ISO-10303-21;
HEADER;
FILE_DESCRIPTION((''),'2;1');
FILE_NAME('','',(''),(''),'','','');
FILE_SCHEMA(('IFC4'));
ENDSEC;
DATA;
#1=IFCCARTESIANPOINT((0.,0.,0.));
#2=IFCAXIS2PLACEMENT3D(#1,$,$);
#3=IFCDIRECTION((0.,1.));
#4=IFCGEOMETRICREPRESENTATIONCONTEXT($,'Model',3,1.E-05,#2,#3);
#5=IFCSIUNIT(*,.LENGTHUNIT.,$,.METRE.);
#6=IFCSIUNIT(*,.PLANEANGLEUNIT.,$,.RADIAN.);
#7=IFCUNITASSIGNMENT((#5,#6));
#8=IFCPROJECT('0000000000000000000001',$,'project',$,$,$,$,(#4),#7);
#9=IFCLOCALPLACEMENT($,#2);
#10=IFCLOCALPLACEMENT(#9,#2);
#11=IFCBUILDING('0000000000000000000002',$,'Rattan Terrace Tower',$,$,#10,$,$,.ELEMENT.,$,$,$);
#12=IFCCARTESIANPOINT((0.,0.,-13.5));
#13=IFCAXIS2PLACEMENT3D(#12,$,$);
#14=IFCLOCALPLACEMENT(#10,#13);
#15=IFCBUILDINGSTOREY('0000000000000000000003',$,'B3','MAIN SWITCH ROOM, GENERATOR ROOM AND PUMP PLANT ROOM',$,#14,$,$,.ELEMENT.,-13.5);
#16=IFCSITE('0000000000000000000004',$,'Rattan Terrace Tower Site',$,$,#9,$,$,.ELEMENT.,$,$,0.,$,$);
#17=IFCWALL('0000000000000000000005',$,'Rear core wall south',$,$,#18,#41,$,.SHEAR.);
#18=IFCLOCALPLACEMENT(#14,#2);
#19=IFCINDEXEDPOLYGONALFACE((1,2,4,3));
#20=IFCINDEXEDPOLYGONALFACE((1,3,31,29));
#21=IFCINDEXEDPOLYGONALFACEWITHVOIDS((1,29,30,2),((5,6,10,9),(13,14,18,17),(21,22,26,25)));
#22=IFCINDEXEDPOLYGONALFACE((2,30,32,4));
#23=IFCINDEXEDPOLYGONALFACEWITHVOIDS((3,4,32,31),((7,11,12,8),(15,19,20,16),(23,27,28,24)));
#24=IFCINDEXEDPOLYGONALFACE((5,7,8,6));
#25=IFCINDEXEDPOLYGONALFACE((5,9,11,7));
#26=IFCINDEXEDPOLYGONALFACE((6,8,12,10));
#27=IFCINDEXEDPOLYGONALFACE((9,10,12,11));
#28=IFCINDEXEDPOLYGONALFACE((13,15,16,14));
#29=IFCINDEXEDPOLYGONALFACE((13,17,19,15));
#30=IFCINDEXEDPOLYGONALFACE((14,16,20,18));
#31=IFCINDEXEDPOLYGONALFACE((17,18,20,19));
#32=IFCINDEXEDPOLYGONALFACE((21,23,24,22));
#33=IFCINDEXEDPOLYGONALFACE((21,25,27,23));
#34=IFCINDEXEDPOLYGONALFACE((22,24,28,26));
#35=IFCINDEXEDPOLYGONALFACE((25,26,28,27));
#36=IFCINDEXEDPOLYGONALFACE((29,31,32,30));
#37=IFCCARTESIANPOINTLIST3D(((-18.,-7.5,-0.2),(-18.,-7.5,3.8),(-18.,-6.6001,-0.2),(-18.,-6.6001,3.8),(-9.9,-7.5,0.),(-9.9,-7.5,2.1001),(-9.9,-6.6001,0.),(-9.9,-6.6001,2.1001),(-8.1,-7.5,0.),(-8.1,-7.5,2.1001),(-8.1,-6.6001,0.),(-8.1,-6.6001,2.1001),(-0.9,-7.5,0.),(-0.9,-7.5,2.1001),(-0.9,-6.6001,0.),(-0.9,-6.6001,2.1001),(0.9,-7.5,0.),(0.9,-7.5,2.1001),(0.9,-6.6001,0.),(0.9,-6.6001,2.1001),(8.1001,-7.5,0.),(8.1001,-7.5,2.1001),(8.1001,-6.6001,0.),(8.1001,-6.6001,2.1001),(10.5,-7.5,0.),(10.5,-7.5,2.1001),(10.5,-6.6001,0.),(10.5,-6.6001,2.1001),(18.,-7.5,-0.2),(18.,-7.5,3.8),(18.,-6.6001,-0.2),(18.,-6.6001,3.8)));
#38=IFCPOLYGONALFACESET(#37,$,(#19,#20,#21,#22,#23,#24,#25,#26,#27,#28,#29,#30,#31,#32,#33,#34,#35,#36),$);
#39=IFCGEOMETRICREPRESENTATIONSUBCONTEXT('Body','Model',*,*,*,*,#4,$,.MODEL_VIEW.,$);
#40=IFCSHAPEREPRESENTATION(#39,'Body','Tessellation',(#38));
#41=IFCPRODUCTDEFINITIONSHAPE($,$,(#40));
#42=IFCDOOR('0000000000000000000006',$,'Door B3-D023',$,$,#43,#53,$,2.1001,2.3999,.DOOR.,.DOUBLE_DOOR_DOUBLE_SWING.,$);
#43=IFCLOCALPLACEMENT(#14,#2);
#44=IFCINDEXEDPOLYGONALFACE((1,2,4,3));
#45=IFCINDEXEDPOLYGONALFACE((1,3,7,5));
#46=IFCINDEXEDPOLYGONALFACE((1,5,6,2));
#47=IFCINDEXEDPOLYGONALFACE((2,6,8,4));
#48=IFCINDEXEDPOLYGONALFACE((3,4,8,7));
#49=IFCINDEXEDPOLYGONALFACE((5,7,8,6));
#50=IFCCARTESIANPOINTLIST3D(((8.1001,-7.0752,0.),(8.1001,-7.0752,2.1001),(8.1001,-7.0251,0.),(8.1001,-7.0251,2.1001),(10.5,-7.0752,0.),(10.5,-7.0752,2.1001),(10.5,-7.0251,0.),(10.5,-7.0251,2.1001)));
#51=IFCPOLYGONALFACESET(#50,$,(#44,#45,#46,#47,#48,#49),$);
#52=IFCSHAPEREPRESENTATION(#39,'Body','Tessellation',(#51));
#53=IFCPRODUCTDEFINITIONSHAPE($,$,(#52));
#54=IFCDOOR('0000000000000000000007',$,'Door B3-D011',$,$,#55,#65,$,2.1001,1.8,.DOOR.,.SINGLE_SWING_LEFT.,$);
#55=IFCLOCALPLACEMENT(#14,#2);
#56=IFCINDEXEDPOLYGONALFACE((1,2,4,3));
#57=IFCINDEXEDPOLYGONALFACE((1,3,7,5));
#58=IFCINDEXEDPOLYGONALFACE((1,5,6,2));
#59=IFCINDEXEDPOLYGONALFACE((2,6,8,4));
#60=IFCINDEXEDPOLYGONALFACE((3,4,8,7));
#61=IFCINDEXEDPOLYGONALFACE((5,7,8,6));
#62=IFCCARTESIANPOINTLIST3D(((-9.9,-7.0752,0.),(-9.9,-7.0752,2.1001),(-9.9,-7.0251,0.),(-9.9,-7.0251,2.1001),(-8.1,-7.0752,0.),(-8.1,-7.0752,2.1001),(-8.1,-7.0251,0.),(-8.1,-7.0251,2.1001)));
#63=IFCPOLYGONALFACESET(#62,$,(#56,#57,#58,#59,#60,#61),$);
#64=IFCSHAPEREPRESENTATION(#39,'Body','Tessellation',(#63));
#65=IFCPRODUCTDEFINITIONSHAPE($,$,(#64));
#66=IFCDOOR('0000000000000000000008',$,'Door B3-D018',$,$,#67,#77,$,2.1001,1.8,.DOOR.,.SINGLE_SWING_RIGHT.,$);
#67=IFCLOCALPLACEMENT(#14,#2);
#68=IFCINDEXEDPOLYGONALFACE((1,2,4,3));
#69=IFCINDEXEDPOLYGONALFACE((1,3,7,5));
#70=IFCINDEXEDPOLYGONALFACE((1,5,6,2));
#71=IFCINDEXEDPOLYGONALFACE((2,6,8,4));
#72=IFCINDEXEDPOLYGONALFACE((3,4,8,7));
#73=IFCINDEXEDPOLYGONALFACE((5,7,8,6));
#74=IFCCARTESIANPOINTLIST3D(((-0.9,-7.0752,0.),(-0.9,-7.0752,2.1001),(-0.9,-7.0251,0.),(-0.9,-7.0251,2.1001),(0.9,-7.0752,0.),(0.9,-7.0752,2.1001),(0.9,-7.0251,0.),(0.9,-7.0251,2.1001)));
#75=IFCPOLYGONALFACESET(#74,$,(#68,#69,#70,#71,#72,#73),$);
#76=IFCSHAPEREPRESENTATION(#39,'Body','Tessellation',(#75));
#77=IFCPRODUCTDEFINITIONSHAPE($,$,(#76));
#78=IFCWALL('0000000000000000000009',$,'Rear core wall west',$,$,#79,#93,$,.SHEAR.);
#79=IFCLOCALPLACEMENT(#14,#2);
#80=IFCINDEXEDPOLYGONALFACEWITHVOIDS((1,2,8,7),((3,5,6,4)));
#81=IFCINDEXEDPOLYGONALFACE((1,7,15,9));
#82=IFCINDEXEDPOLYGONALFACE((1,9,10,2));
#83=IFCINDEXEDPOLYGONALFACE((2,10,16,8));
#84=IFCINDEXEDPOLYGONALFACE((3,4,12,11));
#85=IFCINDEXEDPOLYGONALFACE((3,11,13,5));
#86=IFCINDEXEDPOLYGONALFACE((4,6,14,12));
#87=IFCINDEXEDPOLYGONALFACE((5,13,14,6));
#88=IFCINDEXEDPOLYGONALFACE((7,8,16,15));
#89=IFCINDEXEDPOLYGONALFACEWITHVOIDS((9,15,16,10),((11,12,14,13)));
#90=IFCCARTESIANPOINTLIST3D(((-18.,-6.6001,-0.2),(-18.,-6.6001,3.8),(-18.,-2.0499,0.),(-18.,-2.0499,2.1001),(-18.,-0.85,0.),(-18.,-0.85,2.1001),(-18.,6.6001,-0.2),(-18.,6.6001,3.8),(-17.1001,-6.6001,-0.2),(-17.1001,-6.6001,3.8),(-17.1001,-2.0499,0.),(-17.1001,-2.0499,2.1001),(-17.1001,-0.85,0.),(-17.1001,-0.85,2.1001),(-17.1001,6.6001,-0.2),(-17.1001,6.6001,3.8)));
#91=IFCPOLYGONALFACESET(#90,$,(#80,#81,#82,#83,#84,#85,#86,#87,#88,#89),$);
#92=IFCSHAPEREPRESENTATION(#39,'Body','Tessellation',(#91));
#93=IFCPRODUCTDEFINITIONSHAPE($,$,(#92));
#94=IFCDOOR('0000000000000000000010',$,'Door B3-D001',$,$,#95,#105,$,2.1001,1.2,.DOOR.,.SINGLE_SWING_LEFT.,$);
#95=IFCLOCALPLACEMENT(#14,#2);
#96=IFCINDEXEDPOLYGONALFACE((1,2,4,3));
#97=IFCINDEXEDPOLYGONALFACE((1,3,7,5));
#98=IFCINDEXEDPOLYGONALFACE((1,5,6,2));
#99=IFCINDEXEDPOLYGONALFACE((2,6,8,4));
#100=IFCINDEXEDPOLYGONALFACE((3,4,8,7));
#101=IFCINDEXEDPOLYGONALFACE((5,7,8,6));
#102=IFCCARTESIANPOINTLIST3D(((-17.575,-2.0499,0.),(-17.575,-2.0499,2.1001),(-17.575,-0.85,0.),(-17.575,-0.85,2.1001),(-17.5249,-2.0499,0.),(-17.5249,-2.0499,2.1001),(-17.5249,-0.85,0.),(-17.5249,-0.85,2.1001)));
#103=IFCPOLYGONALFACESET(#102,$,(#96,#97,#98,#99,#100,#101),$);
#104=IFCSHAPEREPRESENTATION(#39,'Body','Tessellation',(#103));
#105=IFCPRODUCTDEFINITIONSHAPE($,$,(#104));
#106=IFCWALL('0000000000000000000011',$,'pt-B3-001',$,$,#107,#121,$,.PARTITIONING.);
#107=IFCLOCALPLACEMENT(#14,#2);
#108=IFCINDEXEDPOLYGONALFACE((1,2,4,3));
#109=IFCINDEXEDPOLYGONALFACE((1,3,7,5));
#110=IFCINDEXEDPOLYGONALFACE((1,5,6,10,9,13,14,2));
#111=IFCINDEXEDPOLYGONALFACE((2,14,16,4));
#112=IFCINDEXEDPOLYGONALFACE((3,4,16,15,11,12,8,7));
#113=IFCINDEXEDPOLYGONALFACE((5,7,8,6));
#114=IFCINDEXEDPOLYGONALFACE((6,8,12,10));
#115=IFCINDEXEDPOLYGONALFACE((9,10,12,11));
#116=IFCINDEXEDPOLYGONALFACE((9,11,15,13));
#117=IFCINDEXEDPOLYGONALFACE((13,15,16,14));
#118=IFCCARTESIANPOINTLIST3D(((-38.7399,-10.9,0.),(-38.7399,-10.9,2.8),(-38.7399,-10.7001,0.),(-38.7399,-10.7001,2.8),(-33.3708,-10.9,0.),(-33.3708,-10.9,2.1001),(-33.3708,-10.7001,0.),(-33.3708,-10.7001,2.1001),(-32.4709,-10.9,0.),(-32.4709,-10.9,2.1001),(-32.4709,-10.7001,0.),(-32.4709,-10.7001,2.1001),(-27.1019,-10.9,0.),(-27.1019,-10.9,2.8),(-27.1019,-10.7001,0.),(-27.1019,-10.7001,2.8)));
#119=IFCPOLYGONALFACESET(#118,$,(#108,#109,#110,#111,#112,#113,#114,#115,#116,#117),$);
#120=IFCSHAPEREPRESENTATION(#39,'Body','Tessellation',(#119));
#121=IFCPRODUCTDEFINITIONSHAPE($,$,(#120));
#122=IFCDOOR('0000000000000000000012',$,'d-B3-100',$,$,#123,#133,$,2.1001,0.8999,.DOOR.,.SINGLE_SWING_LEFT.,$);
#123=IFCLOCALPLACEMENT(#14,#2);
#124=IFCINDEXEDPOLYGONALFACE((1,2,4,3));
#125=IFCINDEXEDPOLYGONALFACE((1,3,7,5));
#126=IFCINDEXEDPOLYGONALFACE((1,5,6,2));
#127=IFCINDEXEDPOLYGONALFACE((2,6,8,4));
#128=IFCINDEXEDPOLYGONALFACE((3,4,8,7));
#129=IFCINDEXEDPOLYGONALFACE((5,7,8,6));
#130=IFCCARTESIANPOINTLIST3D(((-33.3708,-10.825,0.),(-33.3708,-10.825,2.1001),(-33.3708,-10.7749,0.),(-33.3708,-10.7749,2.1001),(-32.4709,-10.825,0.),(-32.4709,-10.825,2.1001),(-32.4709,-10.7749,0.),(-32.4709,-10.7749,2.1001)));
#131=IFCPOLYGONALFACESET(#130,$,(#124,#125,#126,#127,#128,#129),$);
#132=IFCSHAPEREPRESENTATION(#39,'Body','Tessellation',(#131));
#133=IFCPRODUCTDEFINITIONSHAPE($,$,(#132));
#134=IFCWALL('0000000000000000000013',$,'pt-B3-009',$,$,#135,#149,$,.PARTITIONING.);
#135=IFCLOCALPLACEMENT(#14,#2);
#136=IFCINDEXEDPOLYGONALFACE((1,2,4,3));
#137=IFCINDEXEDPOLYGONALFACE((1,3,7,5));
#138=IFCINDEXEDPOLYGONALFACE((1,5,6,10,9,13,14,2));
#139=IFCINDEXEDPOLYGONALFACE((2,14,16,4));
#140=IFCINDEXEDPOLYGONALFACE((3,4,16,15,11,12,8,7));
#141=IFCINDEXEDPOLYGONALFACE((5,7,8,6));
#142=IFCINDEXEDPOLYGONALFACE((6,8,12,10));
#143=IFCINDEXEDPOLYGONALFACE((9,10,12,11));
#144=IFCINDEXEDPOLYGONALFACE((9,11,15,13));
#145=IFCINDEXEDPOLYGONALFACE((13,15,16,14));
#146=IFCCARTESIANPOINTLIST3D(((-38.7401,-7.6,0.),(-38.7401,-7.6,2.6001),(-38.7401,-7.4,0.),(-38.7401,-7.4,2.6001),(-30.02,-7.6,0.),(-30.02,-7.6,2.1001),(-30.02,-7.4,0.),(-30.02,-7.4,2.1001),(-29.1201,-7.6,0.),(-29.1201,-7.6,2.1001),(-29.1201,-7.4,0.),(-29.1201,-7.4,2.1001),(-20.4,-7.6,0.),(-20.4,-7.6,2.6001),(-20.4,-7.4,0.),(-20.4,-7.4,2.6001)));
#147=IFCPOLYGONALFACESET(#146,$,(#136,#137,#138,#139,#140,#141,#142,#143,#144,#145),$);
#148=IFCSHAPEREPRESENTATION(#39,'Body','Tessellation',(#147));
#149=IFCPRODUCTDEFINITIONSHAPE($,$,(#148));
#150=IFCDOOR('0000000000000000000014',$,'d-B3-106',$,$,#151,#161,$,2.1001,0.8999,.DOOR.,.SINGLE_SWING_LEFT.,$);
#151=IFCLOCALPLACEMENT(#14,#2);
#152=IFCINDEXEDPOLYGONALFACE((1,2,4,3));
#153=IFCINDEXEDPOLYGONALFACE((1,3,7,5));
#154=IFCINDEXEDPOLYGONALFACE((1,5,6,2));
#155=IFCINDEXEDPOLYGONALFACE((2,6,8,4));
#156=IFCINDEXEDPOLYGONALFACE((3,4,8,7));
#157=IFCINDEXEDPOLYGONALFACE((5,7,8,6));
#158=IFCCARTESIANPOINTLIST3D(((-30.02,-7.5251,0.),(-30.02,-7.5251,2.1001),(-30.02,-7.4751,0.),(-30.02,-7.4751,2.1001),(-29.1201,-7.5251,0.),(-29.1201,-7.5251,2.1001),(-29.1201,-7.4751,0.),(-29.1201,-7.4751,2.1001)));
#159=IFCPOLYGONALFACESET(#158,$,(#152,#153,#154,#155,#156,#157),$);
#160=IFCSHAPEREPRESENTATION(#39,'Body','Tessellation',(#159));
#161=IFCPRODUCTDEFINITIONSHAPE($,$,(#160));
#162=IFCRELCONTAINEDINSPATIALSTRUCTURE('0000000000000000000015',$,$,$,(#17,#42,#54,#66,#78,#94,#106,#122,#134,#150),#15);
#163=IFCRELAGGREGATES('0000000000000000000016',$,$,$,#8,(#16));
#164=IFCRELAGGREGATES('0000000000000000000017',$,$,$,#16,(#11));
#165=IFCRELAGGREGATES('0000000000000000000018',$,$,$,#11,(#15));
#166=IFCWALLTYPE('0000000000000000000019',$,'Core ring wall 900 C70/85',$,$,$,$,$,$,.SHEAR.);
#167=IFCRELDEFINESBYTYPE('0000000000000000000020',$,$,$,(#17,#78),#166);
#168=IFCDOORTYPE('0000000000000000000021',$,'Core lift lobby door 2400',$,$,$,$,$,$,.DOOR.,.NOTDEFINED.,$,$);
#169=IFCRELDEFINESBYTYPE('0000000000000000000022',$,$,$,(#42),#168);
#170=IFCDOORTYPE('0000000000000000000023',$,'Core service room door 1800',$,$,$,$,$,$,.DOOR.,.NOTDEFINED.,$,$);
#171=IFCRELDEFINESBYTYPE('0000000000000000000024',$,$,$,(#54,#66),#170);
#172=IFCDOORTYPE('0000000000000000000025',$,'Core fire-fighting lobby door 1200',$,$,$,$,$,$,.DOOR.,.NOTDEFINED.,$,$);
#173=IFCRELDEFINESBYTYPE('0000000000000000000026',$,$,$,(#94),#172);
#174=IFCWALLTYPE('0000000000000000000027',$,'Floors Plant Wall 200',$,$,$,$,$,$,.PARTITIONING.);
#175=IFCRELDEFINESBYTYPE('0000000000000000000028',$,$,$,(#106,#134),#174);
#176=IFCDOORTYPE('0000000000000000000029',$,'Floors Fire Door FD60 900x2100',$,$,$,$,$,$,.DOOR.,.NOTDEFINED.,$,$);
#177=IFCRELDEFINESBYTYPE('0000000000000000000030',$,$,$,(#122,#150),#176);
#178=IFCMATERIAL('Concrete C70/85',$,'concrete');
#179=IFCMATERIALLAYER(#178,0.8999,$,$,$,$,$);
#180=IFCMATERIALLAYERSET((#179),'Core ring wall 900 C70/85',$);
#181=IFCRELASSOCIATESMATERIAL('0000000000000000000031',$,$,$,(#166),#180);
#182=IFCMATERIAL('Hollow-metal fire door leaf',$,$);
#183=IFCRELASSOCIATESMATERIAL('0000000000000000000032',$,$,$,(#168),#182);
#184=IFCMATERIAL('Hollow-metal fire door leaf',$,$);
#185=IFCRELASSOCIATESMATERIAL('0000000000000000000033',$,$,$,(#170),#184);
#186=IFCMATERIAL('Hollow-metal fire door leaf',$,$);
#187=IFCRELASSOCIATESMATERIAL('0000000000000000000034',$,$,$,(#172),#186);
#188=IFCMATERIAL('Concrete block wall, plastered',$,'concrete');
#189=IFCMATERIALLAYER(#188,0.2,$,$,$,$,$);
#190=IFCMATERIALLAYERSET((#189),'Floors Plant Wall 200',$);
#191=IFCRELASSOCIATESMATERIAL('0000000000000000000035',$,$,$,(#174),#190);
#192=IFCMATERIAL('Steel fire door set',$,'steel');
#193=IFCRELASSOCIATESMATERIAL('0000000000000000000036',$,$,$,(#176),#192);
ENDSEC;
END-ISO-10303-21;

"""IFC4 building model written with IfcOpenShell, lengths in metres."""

from ifc_helpers import new_model, si_unit, direction, frame, frame_2d, origin, place, context, subcontext, project, spatial, rectangle, extrude, material, layer, layer_set, type_object, element, fill, save


model = new_model("IFC4")

# Units and contexts
model_context = context("Model", 3, precision=1e-05, world=origin(), true_north=direction((0.0, 1.0)))
body_context = subcontext(model_context, "Body", "Model", "MODEL_VIEW")
ifc_project = project(units=[si_unit("LENGTHUNIT", "METRE"), si_unit("PLANEANGLEUNIT", "RADIAN")], contexts=[model_context])

# Site, building, storey
site_placement = place(None, origin())
site = spatial("IfcSite", under=ifc_project, at=site_placement, Name="Rattan Terrace Tower Site", CompositionType="ELEMENT", RefElevation=0.0)
building_placement = place(site_placement, origin())
building = spatial("IfcBuilding", under=site, at=building_placement, Name="Rattan Terrace Tower", CompositionType="ELEMENT")
storey_placement = place(building_placement, frame((0.0, 0.0, -13.5)))
storey = spatial("IfcBuildingStorey", under=building, at=storey_placement, Name="B3", Description="MAIN SWITCH ROOM, GENERATOR ROOM AND PUMP PLANT ROOM", CompositionType="ELEMENT", Elevation=-13.5)

# Wall, openings, doors
ifc_material_1 = material(Name="Concrete C70/85", Category="concrete")
ifc_layer_1 = layer(ifc_material_1, 0.8999)
ifc_layer_set_1 = layer_set([ifc_layer_1], Name="Core ring wall 900 C70/85")
wall_type_1 = type_object("IfcWallType", Name="Core ring wall 900 C70/85", PredefinedType="SHEAR", material=ifc_layer_set_1)
wall_1_placement = place(storey_placement, frame((-18.0, -7.05, -0.2), z_axis=(0.0, 0.0, 1.0), x_axis=(1.0, 0.0, 0.0)))
wall_1 = element("IfcWall", 1, at=wall_1_placement, inside=storey, type_object=wall_type_1, Name="Rear core wall south", PredefinedType="SHEAR", context=body_context, shape_type="SweptSolid", body=[
    extrude(rectangle(XDim=36.0, YDim=0.8999, at=frame_2d((18.0, 0.0))), origin(), (0.0, 0.0, 1.0), 4.0),
])
opening_1_placement = place(wall_1_placement, frame((8.1001, 0.0, 0.2)))
opening_1 = element("IfcOpeningElement", 2, at=opening_1_placement, cuts=wall_1, PredefinedType="OPENING", context=body_context, shape_type="SweptSolid", body=[
    extrude(rectangle(XDim=1.8, YDim=2.1001, at=frame_2d((0.8999, 1.05))), frame((0.0, 0.4604, 0.0), z_axis=(0.0, -1.0, 0.0), x_axis=(1.0, 0.0, 0.0)), (0.0, 0.0, 1.0), 0.9209),
])
opening_2_placement = place(wall_1_placement, frame((17.1001, 0.0, 0.2)))
opening_2 = element("IfcOpeningElement", 3, at=opening_2_placement, cuts=wall_1, PredefinedType="OPENING", context=body_context, shape_type="SweptSolid", body=[
    extrude(rectangle(XDim=1.8, YDim=2.1001, at=frame_2d((0.8999, 1.05))), frame((0.0, 0.4604, 0.0), z_axis=(0.0, -1.0, 0.0), x_axis=(1.0, 0.0, 0.0)), (0.0, 0.0, 1.0), 0.9209),
])
opening_3_placement = place(wall_1_placement, frame((26.1001, 0.0, 0.2)))
opening_3 = element("IfcOpeningElement", 4, at=opening_3_placement, cuts=wall_1, PredefinedType="OPENING", context=body_context, shape_type="SweptSolid", body=[
    extrude(rectangle(XDim=2.3999, YDim=2.1001, at=frame_2d((1.2, 1.05))), frame((0.0, 0.4604, 0.0), z_axis=(0.0, -1.0, 0.0), x_axis=(1.0, 0.0, 0.0)), (0.0, 0.0, 1.0), 0.9209),
])
ifc_material_2 = material(Name="Hollow-metal fire door leaf")
door_type_1 = type_object("IfcDoorType", Name="Core lift lobby door 2400", OperationType="NOTDEFINED", PredefinedType="DOOR", material=ifc_material_2)
door_1_placement = place(opening_3_placement, origin())
door_1 = element("IfcDoor", 5, at=door_1_placement, inside=storey, type_object=door_type_1, Name="Door B3-D023", OperationType="DOUBLE_DOOR_DOUBLE_SWING", OverallHeight=2.1001, OverallWidth=2.3999, PredefinedType="DOOR", context=body_context, shape_type="SweptSolid", body=[
    extrude(rectangle(XDim=2.3999, YDim=2.1001, at=frame_2d((1.2, 1.05))), frame((0.0, 0.0249, 0.0), z_axis=(0.0, -1.0, 0.0), x_axis=(1.0, 0.0, 0.0)), (0.0, 0.0, 1.0), 0.05),
])
fill(opening_3, door_1)
ifc_material_3 = material(Name="Hollow-metal fire door leaf")
door_type_2 = type_object("IfcDoorType", Name="Core service room door 1800", OperationType="NOTDEFINED", PredefinedType="DOOR", material=ifc_material_3)
door_2_placement = place(opening_1_placement, origin())
door_2 = element("IfcDoor", 6, at=door_2_placement, inside=storey, type_object=door_type_2, Name="Door B3-D011", OperationType="SINGLE_SWING_LEFT", OverallHeight=2.1001, OverallWidth=1.8, PredefinedType="DOOR", context=body_context, shape_type="SweptSolid", body=[
    extrude(rectangle(XDim=1.8, YDim=2.1001, at=frame_2d((0.8999, 1.05))), frame((0.0, 0.0249, 0.0), z_axis=(0.0, -1.0, 0.0), x_axis=(1.0, 0.0, 0.0)), (0.0, 0.0, 1.0), 0.05),
])
fill(opening_1, door_2)
door_3_placement = place(opening_2_placement, origin())
door_3 = element("IfcDoor", 7, at=door_3_placement, inside=storey, type_object=door_type_2, Name="Door B3-D018", OperationType="SINGLE_SWING_RIGHT", OverallHeight=2.1001, OverallWidth=1.8, PredefinedType="DOOR", context=body_context, shape_type="SweptSolid", body=[
    extrude(rectangle(XDim=1.8, YDim=2.1001, at=frame_2d((0.8999, 1.05))), frame((0.0, 0.0249, 0.0), z_axis=(0.0, -1.0, 0.0), x_axis=(1.0, 0.0, 0.0)), (0.0, 0.0, 1.0), 0.05),
])
fill(opening_2, door_3)

# Walls, openings, doors
wall_2_placement = place(storey_placement, frame((-17.55, -6.6001, -0.2), z_axis=(0.0, 0.0, 1.0), x_axis=(0.0, 1.0, 0.0)))
wall_2 = element("IfcWall", 8, at=wall_2_placement, inside=storey, type_object=wall_type_1, Name="Rear core wall west", PredefinedType="SHEAR", context=body_context, shape_type="SweptSolid", body=[
    extrude(rectangle(XDim=13.2002, YDim=0.8999, at=frame_2d((6.6001, 0.0))), origin(), (0.0, 0.0, 1.0), 4.0),
])
opening_4_placement = place(wall_2_placement, frame((4.55, 0.0, 0.2)))
opening_4 = element("IfcOpeningElement", 9, at=opening_4_placement, cuts=wall_2, PredefinedType="OPENING", context=body_context, shape_type="SweptSolid", body=[
    extrude(rectangle(XDim=1.2, YDim=2.1001, at=frame_2d((0.6001, 1.05))), frame((0.0, 0.4604, 0.0), z_axis=(0.0, -1.0, 0.0), x_axis=(1.0, 0.0, 0.0)), (0.0, 0.0, 1.0), 0.9209),
])
ifc_material_4 = material(Name="Hollow-metal fire door leaf")
door_type_3 = type_object("IfcDoorType", Name="Core fire-fighting lobby door 1200", OperationType="NOTDEFINED", PredefinedType="DOOR", material=ifc_material_4)
door_4_placement = place(opening_4_placement, origin())
door_4 = element("IfcDoor", 10, at=door_4_placement, inside=storey, type_object=door_type_3, Name="Door B3-D001", OperationType="SINGLE_SWING_LEFT", OverallHeight=2.1001, OverallWidth=1.2, PredefinedType="DOOR", context=body_context, shape_type="SweptSolid", body=[
    extrude(rectangle(XDim=1.2, YDim=2.1001, at=frame_2d((0.6001, 1.05))), frame((0.0, 0.0249, 0.0), z_axis=(0.0, -1.0, 0.0), x_axis=(1.0, 0.0, 0.0)), (0.0, 0.0, 1.0), 0.05),
])
fill(opening_4, door_4)
ifc_material_5 = material(Name="Concrete block wall, plastered", Category="concrete")
ifc_layer_2 = layer(ifc_material_5, 0.2)
ifc_layer_set_2 = layer_set([ifc_layer_2], Name="Floors Plant Wall 200")
wall_type_2 = type_object("IfcWallType", Name="Floors Plant Wall 200", PredefinedType="PARTITIONING", material=ifc_layer_set_2)
wall_3_placement = place(storey_placement, frame((-27.1021, -10.8, 0.0), z_axis=(0.0, 0.0, 1.0), x_axis=(-1.0, 0.0, 0.0)))
wall_3 = element("IfcWall", 11, at=wall_3_placement, inside=storey, type_object=wall_type_2, Name="pt-B3-001", PredefinedType="PARTITIONING", context=body_context, shape_type="SweptSolid", body=[
    extrude(rectangle(XDim=11.6379, YDim=0.2, at=frame_2d((5.8188, 0.0))), origin(), (0.0, 0.0, 1.0), 2.8),
])
opening_5_placement = place(wall_3_placement, frame((5.3689, 0.0, 0.0)))
opening_5 = element("IfcOpeningElement", 12, at=opening_5_placement, cuts=wall_3, PredefinedType="OPENING", context=body_context, shape_type="SweptSolid", body=[
    extrude(rectangle(XDim=0.8999, YDim=2.1001, at=frame_2d((0.45, 1.05))), frame((0.0, 0.1106, 0.0), z_axis=(0.0, -1.0, 0.0), x_axis=(1.0, 0.0, 0.0)), (0.0, 0.0, 1.0), 0.2209),
])
ifc_material_6 = material(Name="Steel fire door set", Category="steel")
door_type_4 = type_object("IfcDoorType", Name="Floors Fire Door FD60 900x2100", OperationType="NOTDEFINED", PredefinedType="DOOR", material=ifc_material_6)
door_5_placement = place(opening_5_placement, origin())
door_5 = element("IfcDoor", 13, at=door_5_placement, inside=storey, type_object=door_type_4, Name="d-B3-100", OperationType="SINGLE_SWING_LEFT", OverallHeight=2.1001, OverallWidth=0.8999, PredefinedType="DOOR", context=body_context, shape_type="SweptSolid", body=[
    extrude(rectangle(XDim=0.8999, YDim=2.1001, at=frame_2d((0.45, 1.05))), frame((0.0, 0.0249, 0.0), z_axis=(0.0, -1.0, 0.0), x_axis=(1.0, 0.0, 0.0)), (0.0, 0.0, 1.0), 0.05),
])
fill(opening_5, door_5)
wall_4_placement = place(storey_placement, frame((-38.74, -7.5, 0.0), z_axis=(0.0, 0.0, 1.0), x_axis=(1.0, 0.0, 0.0)))
wall_4 = element("IfcWall", 14, at=wall_4_placement, inside=storey, type_object=wall_type_2, Name="pt-B3-009", PredefinedType="PARTITIONING", context=body_context, shape_type="SweptSolid", body=[
    extrude(rectangle(XDim=18.3401, YDim=0.2, at=frame_2d((9.1699, 0.0))), origin(), (0.0, 0.0, 1.0), 2.6001),
])
opening_6_placement = place(wall_4_placement, frame((8.72, 0.0, 0.0)))
opening_6 = element("IfcOpeningElement", 15, at=opening_6_placement, cuts=wall_4, PredefinedType="OPENING", context=body_context, shape_type="SweptSolid", body=[
    extrude(rectangle(XDim=0.8999, YDim=2.1001, at=frame_2d((0.45, 1.05))), frame((0.0, 0.1106, 0.0), z_axis=(0.0, -1.0, 0.0), x_axis=(1.0, 0.0, 0.0)), (0.0, 0.0, 1.0), 0.2209),
])
door_6_placement = place(opening_6_placement, origin())
door_6 = element("IfcDoor", 16, at=door_6_placement, inside=storey, type_object=door_type_4, Name="d-B3-106", OperationType="SINGLE_SWING_LEFT", OverallHeight=2.1001, OverallWidth=0.8999, PredefinedType="DOOR", context=body_context, shape_type="SweptSolid", body=[
    extrude(rectangle(XDim=0.8999, YDim=2.1001, at=frame_2d((0.45, 1.05))), frame((0.0, 0.0249, 0.0), z_axis=(0.0, -1.0, 0.0), x_axis=(1.0, 0.0, 0.0)), (0.0, 0.0, 1.0), 0.05),
])
fill(opening_6, door_6)

save(model, "model.ifc")
